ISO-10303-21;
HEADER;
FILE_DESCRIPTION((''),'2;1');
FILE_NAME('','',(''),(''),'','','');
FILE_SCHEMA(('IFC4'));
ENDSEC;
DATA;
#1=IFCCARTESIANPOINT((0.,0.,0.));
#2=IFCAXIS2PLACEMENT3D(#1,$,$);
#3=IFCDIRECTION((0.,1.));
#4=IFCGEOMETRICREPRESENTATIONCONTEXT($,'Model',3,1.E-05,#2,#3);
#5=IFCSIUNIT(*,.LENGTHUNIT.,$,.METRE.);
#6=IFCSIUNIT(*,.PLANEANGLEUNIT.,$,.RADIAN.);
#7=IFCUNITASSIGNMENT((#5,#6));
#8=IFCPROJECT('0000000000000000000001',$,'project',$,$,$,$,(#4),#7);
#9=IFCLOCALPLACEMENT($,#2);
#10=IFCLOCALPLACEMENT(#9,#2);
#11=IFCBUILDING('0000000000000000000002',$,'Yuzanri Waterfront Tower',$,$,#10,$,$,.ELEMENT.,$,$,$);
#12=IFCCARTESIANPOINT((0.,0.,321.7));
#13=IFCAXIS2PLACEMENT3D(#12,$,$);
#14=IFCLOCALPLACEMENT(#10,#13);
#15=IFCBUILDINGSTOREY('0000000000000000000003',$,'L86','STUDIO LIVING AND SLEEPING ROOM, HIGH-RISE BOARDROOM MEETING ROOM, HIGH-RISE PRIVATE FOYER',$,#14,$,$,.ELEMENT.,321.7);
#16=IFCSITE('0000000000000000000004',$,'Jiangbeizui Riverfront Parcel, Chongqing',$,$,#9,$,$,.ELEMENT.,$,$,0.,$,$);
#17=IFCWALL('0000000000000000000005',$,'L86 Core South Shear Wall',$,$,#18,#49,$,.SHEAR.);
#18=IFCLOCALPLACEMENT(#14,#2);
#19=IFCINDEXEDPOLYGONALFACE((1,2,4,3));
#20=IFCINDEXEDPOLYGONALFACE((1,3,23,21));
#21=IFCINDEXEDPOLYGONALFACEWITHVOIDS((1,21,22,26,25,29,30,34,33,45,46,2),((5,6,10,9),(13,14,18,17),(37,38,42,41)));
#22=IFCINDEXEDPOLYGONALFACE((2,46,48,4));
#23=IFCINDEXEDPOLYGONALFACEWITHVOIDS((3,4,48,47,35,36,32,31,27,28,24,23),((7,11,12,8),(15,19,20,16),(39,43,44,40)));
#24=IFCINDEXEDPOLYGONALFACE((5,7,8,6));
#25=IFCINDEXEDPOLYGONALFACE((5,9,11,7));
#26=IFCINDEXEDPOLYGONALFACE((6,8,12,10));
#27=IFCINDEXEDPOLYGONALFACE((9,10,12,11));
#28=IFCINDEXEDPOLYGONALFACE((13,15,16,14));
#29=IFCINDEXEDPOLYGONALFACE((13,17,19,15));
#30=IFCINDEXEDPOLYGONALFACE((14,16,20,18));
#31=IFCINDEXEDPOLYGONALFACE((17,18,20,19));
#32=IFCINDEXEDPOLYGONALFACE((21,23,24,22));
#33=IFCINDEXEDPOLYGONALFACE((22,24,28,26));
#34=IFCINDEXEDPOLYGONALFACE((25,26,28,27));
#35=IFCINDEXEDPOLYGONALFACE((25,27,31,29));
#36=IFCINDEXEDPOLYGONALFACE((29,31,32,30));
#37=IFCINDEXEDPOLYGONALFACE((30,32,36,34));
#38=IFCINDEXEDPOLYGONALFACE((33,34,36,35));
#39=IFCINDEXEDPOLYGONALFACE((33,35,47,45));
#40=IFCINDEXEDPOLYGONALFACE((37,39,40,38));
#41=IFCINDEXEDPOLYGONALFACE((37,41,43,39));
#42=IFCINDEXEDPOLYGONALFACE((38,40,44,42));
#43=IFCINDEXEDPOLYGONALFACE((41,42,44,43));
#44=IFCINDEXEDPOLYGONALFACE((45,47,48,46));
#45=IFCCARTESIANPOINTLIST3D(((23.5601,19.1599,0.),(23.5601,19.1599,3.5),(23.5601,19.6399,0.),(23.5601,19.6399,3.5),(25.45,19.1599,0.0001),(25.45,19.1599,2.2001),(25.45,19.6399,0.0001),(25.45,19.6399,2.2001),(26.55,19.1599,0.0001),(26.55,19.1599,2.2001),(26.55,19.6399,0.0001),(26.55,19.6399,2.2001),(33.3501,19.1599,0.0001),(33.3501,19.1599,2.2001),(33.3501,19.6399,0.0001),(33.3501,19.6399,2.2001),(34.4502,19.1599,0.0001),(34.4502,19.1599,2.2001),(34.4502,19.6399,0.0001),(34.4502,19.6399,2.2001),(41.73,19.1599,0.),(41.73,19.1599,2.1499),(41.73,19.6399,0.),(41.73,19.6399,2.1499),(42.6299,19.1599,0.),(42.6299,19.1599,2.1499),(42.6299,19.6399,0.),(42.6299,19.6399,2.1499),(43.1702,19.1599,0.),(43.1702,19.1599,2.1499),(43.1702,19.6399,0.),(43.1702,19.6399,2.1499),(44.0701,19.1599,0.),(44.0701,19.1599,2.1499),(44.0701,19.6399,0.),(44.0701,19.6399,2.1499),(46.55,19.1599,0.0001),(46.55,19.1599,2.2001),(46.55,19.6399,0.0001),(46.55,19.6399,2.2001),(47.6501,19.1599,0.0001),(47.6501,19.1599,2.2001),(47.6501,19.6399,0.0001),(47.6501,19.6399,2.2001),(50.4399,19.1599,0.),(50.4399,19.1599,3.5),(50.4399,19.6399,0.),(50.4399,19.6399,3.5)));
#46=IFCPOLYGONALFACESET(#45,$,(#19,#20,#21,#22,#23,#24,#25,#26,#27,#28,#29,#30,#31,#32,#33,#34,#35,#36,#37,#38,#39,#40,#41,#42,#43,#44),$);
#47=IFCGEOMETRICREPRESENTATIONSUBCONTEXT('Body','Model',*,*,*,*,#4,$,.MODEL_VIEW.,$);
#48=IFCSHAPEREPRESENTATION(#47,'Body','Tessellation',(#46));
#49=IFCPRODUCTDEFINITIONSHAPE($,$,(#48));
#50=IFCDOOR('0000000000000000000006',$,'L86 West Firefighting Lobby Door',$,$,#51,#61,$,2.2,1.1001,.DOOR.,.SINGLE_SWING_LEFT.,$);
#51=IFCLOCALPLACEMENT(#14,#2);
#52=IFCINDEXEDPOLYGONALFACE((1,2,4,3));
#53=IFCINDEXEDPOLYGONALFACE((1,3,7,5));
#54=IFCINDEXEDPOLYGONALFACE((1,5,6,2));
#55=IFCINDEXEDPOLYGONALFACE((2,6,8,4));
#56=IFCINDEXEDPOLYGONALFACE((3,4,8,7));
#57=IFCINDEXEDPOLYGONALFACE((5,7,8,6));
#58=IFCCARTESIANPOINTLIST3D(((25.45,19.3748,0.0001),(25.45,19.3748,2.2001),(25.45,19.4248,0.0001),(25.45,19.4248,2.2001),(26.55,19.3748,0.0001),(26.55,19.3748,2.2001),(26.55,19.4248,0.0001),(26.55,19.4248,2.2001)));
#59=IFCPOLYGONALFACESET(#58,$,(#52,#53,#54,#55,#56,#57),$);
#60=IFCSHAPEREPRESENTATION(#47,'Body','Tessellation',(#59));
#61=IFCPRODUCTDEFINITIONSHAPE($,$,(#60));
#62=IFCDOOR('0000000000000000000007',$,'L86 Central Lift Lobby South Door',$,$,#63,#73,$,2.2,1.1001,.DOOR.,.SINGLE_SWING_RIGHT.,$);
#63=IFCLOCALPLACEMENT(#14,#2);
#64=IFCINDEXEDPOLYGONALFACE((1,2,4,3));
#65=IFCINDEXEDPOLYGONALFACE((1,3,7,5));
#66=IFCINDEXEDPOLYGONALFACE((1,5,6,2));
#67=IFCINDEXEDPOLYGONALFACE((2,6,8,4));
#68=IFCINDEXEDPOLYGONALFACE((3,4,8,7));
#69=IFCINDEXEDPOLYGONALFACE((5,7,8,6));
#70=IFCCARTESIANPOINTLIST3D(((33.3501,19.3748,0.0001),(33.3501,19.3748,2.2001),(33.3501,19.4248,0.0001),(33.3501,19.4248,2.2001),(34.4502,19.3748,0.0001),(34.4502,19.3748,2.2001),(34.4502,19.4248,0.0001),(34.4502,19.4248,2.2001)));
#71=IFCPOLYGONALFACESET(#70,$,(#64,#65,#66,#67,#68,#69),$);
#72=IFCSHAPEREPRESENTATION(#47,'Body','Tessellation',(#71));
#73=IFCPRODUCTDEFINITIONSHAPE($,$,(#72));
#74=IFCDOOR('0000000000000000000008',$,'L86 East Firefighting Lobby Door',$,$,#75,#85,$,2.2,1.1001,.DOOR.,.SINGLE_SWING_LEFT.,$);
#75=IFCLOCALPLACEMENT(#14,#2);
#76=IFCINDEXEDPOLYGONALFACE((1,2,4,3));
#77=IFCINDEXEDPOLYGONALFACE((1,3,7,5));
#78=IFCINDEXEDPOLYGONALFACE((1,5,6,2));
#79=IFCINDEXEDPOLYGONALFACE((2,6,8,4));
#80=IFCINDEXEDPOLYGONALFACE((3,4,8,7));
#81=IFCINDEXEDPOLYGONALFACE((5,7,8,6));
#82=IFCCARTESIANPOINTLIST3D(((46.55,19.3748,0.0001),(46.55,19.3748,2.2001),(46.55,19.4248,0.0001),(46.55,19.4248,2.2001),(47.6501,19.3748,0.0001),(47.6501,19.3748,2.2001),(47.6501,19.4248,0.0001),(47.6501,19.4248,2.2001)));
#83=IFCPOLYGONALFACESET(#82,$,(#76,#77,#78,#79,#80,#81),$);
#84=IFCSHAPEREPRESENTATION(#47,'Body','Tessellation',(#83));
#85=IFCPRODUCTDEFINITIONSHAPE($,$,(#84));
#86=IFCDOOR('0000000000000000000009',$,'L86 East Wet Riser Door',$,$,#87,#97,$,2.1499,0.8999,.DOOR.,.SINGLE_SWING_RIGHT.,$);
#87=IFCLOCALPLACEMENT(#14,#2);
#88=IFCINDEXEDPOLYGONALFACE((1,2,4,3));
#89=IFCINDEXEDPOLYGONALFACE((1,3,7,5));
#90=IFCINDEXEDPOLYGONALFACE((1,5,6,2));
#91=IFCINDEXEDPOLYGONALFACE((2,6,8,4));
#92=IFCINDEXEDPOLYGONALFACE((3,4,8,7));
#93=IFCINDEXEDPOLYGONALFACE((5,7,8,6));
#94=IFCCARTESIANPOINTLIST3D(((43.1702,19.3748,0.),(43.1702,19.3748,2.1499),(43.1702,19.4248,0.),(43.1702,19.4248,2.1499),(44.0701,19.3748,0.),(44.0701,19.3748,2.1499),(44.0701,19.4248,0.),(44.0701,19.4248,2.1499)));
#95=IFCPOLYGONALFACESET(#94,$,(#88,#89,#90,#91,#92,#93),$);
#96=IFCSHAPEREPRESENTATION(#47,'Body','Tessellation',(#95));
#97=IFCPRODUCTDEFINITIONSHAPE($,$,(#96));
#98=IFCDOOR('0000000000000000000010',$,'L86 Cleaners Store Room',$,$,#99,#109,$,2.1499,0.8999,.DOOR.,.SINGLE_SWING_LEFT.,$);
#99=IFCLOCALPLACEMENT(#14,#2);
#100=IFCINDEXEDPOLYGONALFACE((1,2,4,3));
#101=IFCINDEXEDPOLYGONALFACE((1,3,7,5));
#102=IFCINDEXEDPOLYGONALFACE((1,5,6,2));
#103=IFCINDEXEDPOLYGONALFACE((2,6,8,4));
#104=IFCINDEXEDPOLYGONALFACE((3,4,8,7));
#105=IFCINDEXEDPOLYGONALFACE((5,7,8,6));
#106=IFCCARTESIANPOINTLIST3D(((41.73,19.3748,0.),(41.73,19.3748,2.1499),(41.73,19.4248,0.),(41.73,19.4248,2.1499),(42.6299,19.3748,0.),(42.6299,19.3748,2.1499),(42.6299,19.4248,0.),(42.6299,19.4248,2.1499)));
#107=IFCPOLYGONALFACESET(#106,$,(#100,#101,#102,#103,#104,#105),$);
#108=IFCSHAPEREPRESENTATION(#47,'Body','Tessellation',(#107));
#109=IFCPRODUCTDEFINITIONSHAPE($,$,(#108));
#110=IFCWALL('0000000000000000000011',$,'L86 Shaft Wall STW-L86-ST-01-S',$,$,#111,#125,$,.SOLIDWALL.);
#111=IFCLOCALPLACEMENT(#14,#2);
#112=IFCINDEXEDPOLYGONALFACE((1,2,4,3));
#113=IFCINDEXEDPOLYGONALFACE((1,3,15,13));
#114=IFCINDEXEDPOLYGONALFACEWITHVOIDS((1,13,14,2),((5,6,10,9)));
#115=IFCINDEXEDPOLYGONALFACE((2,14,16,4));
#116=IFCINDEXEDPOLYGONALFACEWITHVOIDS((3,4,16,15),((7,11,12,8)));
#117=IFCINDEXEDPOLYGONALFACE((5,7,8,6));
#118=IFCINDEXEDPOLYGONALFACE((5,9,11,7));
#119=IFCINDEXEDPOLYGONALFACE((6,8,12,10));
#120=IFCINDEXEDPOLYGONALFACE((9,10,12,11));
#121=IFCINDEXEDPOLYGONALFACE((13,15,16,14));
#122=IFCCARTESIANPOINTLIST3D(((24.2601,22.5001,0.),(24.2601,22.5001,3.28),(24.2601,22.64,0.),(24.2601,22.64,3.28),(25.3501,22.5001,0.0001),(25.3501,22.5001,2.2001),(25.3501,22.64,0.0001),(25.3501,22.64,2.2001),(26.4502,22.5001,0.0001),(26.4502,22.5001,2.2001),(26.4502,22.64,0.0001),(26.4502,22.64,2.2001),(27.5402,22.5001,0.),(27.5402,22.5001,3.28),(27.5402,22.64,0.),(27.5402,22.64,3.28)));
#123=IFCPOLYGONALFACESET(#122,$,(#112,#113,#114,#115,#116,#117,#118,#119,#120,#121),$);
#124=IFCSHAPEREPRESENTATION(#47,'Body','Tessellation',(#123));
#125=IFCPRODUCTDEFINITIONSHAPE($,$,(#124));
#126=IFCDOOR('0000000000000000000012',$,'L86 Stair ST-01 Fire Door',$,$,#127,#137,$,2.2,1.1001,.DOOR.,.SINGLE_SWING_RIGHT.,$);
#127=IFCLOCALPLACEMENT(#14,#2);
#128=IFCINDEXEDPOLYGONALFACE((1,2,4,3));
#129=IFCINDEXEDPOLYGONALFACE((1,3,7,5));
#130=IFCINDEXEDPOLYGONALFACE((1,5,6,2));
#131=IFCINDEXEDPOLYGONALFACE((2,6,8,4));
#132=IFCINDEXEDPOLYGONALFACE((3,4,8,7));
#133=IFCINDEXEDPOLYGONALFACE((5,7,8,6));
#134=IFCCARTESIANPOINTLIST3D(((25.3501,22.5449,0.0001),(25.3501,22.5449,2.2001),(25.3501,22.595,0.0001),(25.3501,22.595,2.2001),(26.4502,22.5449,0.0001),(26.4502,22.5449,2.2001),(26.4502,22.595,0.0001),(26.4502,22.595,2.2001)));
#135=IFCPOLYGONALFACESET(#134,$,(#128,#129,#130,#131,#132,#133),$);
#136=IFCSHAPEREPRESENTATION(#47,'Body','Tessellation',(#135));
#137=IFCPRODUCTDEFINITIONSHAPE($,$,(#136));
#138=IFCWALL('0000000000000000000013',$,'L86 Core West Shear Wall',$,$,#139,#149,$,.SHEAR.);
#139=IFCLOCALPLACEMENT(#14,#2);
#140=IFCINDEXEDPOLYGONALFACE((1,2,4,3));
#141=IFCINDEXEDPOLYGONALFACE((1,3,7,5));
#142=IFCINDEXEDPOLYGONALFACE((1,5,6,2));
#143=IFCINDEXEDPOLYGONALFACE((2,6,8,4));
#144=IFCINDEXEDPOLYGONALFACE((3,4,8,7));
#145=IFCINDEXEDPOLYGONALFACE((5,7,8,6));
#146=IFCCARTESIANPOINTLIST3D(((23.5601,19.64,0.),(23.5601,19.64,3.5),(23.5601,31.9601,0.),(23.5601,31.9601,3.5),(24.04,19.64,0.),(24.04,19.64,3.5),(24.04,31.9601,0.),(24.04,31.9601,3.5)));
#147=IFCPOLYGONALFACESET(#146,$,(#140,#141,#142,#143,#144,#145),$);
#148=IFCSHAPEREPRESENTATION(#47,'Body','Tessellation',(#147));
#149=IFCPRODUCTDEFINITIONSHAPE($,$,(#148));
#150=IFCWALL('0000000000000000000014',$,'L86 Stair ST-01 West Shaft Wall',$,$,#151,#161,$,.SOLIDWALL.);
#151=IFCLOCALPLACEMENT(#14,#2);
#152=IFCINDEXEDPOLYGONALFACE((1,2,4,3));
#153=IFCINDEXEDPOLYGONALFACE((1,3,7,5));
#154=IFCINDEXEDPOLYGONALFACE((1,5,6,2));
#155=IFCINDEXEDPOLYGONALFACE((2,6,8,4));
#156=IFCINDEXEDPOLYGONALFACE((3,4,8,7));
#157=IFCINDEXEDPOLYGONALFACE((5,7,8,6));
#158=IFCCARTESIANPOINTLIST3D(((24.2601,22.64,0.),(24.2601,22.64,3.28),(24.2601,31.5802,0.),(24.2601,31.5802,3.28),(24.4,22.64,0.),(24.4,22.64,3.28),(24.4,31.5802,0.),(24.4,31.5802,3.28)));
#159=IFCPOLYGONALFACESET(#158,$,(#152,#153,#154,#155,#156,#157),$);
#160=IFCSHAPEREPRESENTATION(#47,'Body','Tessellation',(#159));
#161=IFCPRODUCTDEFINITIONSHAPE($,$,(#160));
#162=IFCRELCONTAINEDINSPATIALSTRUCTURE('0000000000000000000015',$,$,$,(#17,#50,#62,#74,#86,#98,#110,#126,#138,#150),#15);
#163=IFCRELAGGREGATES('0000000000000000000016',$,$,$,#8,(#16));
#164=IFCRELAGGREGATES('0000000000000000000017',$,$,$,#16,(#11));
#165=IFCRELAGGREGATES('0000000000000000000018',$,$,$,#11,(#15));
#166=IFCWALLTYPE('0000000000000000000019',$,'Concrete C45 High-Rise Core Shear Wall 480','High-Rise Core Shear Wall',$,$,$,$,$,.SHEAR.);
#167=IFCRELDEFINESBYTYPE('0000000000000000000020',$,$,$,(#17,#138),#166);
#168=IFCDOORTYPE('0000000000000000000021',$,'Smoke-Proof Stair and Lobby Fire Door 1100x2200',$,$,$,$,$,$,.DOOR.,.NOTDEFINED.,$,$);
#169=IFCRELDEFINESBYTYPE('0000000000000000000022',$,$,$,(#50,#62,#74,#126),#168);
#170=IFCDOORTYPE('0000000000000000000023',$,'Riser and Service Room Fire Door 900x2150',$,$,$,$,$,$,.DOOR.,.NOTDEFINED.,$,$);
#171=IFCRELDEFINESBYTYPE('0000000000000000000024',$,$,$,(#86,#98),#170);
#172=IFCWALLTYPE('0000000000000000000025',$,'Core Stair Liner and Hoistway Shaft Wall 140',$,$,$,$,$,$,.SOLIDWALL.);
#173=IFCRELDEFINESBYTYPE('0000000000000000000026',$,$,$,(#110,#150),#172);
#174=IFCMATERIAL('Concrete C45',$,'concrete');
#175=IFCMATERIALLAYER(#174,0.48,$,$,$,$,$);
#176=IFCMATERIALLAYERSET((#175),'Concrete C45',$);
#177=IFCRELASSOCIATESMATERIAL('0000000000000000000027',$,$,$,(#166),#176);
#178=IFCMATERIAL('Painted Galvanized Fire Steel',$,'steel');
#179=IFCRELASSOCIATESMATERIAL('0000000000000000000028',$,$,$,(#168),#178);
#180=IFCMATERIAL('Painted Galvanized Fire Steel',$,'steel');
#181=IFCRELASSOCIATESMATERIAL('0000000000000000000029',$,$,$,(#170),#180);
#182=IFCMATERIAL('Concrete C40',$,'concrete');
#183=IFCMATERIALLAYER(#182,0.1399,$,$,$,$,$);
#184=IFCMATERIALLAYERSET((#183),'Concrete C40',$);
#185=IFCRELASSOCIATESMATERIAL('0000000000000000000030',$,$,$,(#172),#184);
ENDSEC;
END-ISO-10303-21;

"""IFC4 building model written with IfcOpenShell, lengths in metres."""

from ifc_helpers import new_model, si_unit, direction, frame, frame_2d, origin, place, context, subcontext, project, spatial, rectangle, extrude, source, transform, mapped, material, layer, layer_set, type_object, element, fill, save


model = new_model("IFC4")

# Units and contexts
model_context = context("Model", 3, precision=1e-05, world=origin(), true_north=direction((0.0, 1.0)))
body_context = subcontext(model_context, "Body", "Model", "MODEL_VIEW")
ifc_project = project(units=[si_unit("LENGTHUNIT", "METRE"), si_unit("PLANEANGLEUNIT", "RADIAN")], contexts=[model_context])

# Site, building, storey
site_placement = place(None, origin())
site = spatial("IfcSite", under=ifc_project, at=site_placement, Name="Jiangbeizui Riverfront Parcel, Chongqing", CompositionType="ELEMENT", RefElevation=0.0)
building_placement = place(site_placement, origin())
building = spatial("IfcBuilding", under=site, at=building_placement, Name="Yuzanri Waterfront Tower", CompositionType="ELEMENT")
storey_placement = place(building_placement, frame((0.0, 0.0, 321.7)))
storey = spatial("IfcBuildingStorey", under=building, at=storey_placement, Name="L86", Description="STUDIO LIVING AND SLEEPING ROOM, HIGH-RISE BOARDROOM MEETING ROOM, HIGH-RISE PRIVATE FOYER", CompositionType="ELEMENT", Elevation=321.7)

# Wall, openings, doors
ifc_material_1 = material(Name="Concrete C45", Category="concrete")
ifc_layer_1 = layer(ifc_material_1, 0.48)
ifc_layer_set_1 = layer_set([ifc_layer_1], Name="Concrete C45")
wall_type_1 = type_object("IfcWallType", Name="Concrete C45 High-Rise Core Shear Wall 480", Description="High-Rise Core Shear Wall", PredefinedType="SHEAR", material=ifc_layer_set_1)
wall_1_placement = place(storey_placement, frame((23.5601, 19.3999, 0.0), z_axis=(0.0, 0.0, 1.0), x_axis=(1.0, 0.0, 0.0)))
wall_1 = element("IfcWall", 1, at=wall_1_placement, inside=storey, type_object=wall_type_1, Name="L86 Core South Shear Wall", PredefinedType="SHEAR", context=body_context, shape_type="SweptSolid", body=[
    extrude(rectangle(XDim=26.8799, YDim=0.48, at=frame_2d((13.4399, 0.0))), origin(), (0.0, 0.0, 1.0), 3.5),
])
opening_1_placement = place(wall_1_placement, frame((1.8899, 0.0, 0.0)))
opening_1 = element("IfcOpeningElement", 2, at=opening_1_placement, cuts=wall_1, PredefinedType="OPENING", context=body_context, shape_type="SweptSolid", body=[
    extrude(rectangle(XDim=1.1001, YDim=2.2, at=frame_2d((0.55, 1.1001))), frame((0.0, 0.2549, 0.0), z_axis=(0.0, -1.0, 0.0), x_axis=(1.0, 0.0, 0.0)), (0.0, 0.0, 1.0), 0.5098),
])
opening_2_placement = place(wall_1_placement, frame((9.79, 0.0, 0.0)))
opening_2 = element("IfcOpeningElement", 3, at=opening_2_placement, cuts=wall_1, PredefinedType="OPENING", context=body_context, shape_type="SweptSolid", body=[
    extrude(rectangle(XDim=1.1001, YDim=2.2, at=frame_2d((0.55, 1.1001))), frame((0.0, 0.2549, 0.0), z_axis=(0.0, -1.0, 0.0), x_axis=(1.0, 0.0, 0.0)), (0.0, 0.0, 1.0), 0.5098),
])
opening_3_placement = place(wall_1_placement, frame((22.99, 0.0, 0.0)))
opening_3 = element("IfcOpeningElement", 4, at=opening_3_placement, cuts=wall_1, PredefinedType="OPENING", context=body_context, shape_type="SweptSolid", body=[
    extrude(rectangle(XDim=1.1001, YDim=2.2, at=frame_2d((0.55, 1.1001))), frame((0.0, 0.2549, 0.0), z_axis=(0.0, -1.0, 0.0), x_axis=(1.0, 0.0, 0.0)), (0.0, 0.0, 1.0), 0.5098),
])
opening_4_placement = place(wall_1_placement, frame((19.6101, 0.0, 0.0)))
opening_4 = element("IfcOpeningElement", 5, at=opening_4_placement, cuts=wall_1, PredefinedType="OPENING", context=body_context, shape_type="SweptSolid", body=[
    extrude(rectangle(XDim=0.8999, YDim=2.1499, at=frame_2d((0.45, 1.075))), frame((0.0, 0.2549, 0.0), z_axis=(0.0, -1.0, 0.0), x_axis=(1.0, 0.0, 0.0)), (0.0, 0.0, 1.0), 0.5098),
])
opening_5_placement = place(wall_1_placement, frame((18.1699, 0.0, 0.0)))
opening_5 = element("IfcOpeningElement", 6, at=opening_5_placement, cuts=wall_1, PredefinedType="OPENING", context=body_context, shape_type="SweptSolid", body=[
    extrude(rectangle(XDim=0.8999, YDim=2.1499, at=frame_2d((0.45, 1.075))), frame((0.0, 0.2549, 0.0), z_axis=(0.0, -1.0, 0.0), x_axis=(1.0, 0.0, 0.0)), (0.0, 0.0, 1.0), 0.5098),
])
ifc_material_2 = material(Name="Painted Galvanized Fire Steel", Category="steel")
door_type_1 = type_object("IfcDoorType", Name="Smoke-Proof Stair and Lobby Fire Door 1100x2200", OperationType="NOTDEFINED", PredefinedType="DOOR", material=ifc_material_2)
shared_shape_1 = source(origin(), body_context, "Body", "SweptSolid", [
    extrude(rectangle(XDim=1.1001, YDim=2.2, at=frame_2d((0.55, 1.1001))), frame((0.0, 0.0249, 0.0), z_axis=(0.0, -1.0, 0.0), x_axis=(1.0, 0.0, 0.0)), (0.0, 0.0, 1.0), 0.05),
])
door_1_placement = place(opening_1_placement, origin())
door_1 = element("IfcDoor", 7, at=door_1_placement, inside=storey, type_object=door_type_1, Name="L86 West Firefighting Lobby Door", OperationType="SINGLE_SWING_LEFT", OverallHeight=2.2, OverallWidth=1.1001, PredefinedType="DOOR", context=body_context, shape_type="MappedRepresentation", body=[
    mapped(shared_shape_1, transform((0.0, 0.0, 0.0), scale=1.0)),
])
fill(opening_1, door_1)
door_2_placement = place(opening_2_placement, origin())
door_2 = element("IfcDoor", 8, at=door_2_placement, inside=storey, type_object=door_type_1, Name="L86 Central Lift Lobby South Door", OperationType="SINGLE_SWING_RIGHT", OverallHeight=2.2, OverallWidth=1.1001, PredefinedType="DOOR", context=body_context, shape_type="MappedRepresentation", body=[
    mapped(shared_shape_1, transform((0.0, 0.0, 0.0), scale=1.0)),
])
fill(opening_2, door_2)
door_3_placement = place(opening_3_placement, origin())
door_3 = element("IfcDoor", 9, at=door_3_placement, inside=storey, type_object=door_type_1, Name="L86 East Firefighting Lobby Door", OperationType="SINGLE_SWING_LEFT", OverallHeight=2.2, OverallWidth=1.1001, PredefinedType="DOOR", context=body_context, shape_type="MappedRepresentation", body=[
    mapped(shared_shape_1, transform((0.0, 0.0, 0.0), scale=1.0)),
])
fill(opening_3, door_3)
ifc_material_3 = material(Name="Painted Galvanized Fire Steel", Category="steel")
door_type_2 = type_object("IfcDoorType", Name="Riser and Service Room Fire Door 900x2150", OperationType="NOTDEFINED", PredefinedType="DOOR", material=ifc_material_3)
shared_shape_2 = source(origin(), body_context, "Body", "SweptSolid", [
    extrude(rectangle(XDim=0.8999, YDim=2.1499, at=frame_2d((0.45, 1.075))), frame((0.0, 0.0249, 0.0), z_axis=(0.0, -1.0, 0.0), x_axis=(1.0, 0.0, 0.0)), (0.0, 0.0, 1.0), 0.05),
])
door_4_placement = place(opening_4_placement, origin())
door_4 = element("IfcDoor", 10, at=door_4_placement, inside=storey, type_object=door_type_2, Name="L86 East Wet Riser Door", OperationType="SINGLE_SWING_RIGHT", OverallHeight=2.1499, OverallWidth=0.8999, PredefinedType="DOOR", context=body_context, shape_type="MappedRepresentation", body=[
    mapped(shared_shape_2, transform((0.0, 0.0, 0.0), scale=1.0)),
])
fill(opening_4, door_4)
door_5_placement = place(opening_5_placement, origin())
door_5 = element("IfcDoor", 11, at=door_5_placement, inside=storey, type_object=door_type_2, Name="L86 Cleaners Store Room", OperationType="SINGLE_SWING_LEFT", OverallHeight=2.1499, OverallWidth=0.8999, PredefinedType="DOOR", context=body_context, shape_type="MappedRepresentation", body=[
    mapped(shared_shape_2, transform((0.0, 0.0, 0.0), scale=1.0)),
])
fill(opening_5, door_5)

# Wall, opening, door
ifc_material_4 = material(Name="Concrete C40", Category="concrete")
ifc_layer_2 = layer(ifc_material_4, 0.1399)
ifc_layer_set_2 = layer_set([ifc_layer_2], Name="Concrete C40")
wall_type_2 = type_object("IfcWallType", Name="Core Stair Liner and Hoistway Shaft Wall 140", PredefinedType="SOLIDWALL", material=ifc_layer_set_2)
wall_2_placement = place(storey_placement, frame((24.26, 22.5701, 0.0), z_axis=(0.0, 0.0, 1.0), x_axis=(1.0, 0.0, 0.0)))
wall_2 = element("IfcWall", 12, at=wall_2_placement, inside=storey, type_object=wall_type_2, Name="L86 Shaft Wall STW-L86-ST-01-S", PredefinedType="SOLIDWALL", context=body_context, shape_type="SweptSolid", body=[
    extrude(rectangle(XDim=3.28, YDim=0.1399, at=frame_2d((1.6401, 0.0))), origin(), (0.0, 0.0, 1.0), 3.28),
])
opening_6_placement = place(wall_2_placement, frame((1.0901, 0.0, 0.0)))
opening_6 = element("IfcOpeningElement", 13, at=opening_6_placement, cuts=wall_2, PredefinedType="OPENING", context=body_context, shape_type="SweptSolid", body=[
    extrude(rectangle(XDim=1.1001, YDim=2.2, at=frame_2d((0.55, 1.1001))), frame((0.0, 0.085, 0.0), z_axis=(0.0, -1.0, 0.0), x_axis=(1.0, 0.0, 0.0)), (0.0, 0.0, 1.0), 0.1697),
])
door_6_placement = place(opening_6_placement, origin())
door_6 = element("IfcDoor", 14, at=door_6_placement, inside=storey, type_object=door_type_1, Name="L86 Stair ST-01 Fire Door", OperationType="SINGLE_SWING_RIGHT", OverallHeight=2.2, OverallWidth=1.1001, PredefinedType="DOOR", context=body_context, shape_type="MappedRepresentation", body=[
    mapped(shared_shape_1, transform((0.0, 0.0, 0.0), scale=1.0)),
])
fill(opening_6, door_6)

# Walls
shared_shape_3 = source(origin(), body_context, "Body", "SweptSolid", [
    extrude(rectangle(XDim=12.3201, YDim=0.48, at=frame_2d((6.1602, 0.0))), origin(), (0.0, 0.0, 1.0), 3.5),
])
wall_3_placement = place(storey_placement, frame((23.8, 19.6399, 0.0), z_axis=(0.0, 0.0, 1.0), x_axis=(0.0, 1.0, 0.0)))
element("IfcWall", 15, at=wall_3_placement, inside=storey, type_object=wall_type_1, Name="L86 Core West Shear Wall", PredefinedType="SHEAR", context=body_context, shape_type="MappedRepresentation", body=[
    mapped(shared_shape_3, transform((0.0, 0.0, 0.0), scale=1.0)),
])
shared_shape_4 = source(origin(), body_context, "Body", "SweptSolid", [
    extrude(rectangle(XDim=8.9402, YDim=0.1399, at=frame_2d((4.4702, 0.0))), origin(), (0.0, 0.0, 1.0), 3.28),
])
wall_4_placement = place(storey_placement, frame((24.3301, 22.6399, 0.0), z_axis=(0.0, 0.0, 1.0), x_axis=(0.0, 1.0, 0.0)))
element("IfcWall", 16, at=wall_4_placement, inside=storey, type_object=wall_type_2, Name="L86 Stair ST-01 West Shaft Wall", PredefinedType="SOLIDWALL", context=body_context, shape_type="MappedRepresentation", body=[
    mapped(shared_shape_4, transform((0.0, 0.0, 0.0), scale=1.0)),
])

save(model, "model.ifc")
